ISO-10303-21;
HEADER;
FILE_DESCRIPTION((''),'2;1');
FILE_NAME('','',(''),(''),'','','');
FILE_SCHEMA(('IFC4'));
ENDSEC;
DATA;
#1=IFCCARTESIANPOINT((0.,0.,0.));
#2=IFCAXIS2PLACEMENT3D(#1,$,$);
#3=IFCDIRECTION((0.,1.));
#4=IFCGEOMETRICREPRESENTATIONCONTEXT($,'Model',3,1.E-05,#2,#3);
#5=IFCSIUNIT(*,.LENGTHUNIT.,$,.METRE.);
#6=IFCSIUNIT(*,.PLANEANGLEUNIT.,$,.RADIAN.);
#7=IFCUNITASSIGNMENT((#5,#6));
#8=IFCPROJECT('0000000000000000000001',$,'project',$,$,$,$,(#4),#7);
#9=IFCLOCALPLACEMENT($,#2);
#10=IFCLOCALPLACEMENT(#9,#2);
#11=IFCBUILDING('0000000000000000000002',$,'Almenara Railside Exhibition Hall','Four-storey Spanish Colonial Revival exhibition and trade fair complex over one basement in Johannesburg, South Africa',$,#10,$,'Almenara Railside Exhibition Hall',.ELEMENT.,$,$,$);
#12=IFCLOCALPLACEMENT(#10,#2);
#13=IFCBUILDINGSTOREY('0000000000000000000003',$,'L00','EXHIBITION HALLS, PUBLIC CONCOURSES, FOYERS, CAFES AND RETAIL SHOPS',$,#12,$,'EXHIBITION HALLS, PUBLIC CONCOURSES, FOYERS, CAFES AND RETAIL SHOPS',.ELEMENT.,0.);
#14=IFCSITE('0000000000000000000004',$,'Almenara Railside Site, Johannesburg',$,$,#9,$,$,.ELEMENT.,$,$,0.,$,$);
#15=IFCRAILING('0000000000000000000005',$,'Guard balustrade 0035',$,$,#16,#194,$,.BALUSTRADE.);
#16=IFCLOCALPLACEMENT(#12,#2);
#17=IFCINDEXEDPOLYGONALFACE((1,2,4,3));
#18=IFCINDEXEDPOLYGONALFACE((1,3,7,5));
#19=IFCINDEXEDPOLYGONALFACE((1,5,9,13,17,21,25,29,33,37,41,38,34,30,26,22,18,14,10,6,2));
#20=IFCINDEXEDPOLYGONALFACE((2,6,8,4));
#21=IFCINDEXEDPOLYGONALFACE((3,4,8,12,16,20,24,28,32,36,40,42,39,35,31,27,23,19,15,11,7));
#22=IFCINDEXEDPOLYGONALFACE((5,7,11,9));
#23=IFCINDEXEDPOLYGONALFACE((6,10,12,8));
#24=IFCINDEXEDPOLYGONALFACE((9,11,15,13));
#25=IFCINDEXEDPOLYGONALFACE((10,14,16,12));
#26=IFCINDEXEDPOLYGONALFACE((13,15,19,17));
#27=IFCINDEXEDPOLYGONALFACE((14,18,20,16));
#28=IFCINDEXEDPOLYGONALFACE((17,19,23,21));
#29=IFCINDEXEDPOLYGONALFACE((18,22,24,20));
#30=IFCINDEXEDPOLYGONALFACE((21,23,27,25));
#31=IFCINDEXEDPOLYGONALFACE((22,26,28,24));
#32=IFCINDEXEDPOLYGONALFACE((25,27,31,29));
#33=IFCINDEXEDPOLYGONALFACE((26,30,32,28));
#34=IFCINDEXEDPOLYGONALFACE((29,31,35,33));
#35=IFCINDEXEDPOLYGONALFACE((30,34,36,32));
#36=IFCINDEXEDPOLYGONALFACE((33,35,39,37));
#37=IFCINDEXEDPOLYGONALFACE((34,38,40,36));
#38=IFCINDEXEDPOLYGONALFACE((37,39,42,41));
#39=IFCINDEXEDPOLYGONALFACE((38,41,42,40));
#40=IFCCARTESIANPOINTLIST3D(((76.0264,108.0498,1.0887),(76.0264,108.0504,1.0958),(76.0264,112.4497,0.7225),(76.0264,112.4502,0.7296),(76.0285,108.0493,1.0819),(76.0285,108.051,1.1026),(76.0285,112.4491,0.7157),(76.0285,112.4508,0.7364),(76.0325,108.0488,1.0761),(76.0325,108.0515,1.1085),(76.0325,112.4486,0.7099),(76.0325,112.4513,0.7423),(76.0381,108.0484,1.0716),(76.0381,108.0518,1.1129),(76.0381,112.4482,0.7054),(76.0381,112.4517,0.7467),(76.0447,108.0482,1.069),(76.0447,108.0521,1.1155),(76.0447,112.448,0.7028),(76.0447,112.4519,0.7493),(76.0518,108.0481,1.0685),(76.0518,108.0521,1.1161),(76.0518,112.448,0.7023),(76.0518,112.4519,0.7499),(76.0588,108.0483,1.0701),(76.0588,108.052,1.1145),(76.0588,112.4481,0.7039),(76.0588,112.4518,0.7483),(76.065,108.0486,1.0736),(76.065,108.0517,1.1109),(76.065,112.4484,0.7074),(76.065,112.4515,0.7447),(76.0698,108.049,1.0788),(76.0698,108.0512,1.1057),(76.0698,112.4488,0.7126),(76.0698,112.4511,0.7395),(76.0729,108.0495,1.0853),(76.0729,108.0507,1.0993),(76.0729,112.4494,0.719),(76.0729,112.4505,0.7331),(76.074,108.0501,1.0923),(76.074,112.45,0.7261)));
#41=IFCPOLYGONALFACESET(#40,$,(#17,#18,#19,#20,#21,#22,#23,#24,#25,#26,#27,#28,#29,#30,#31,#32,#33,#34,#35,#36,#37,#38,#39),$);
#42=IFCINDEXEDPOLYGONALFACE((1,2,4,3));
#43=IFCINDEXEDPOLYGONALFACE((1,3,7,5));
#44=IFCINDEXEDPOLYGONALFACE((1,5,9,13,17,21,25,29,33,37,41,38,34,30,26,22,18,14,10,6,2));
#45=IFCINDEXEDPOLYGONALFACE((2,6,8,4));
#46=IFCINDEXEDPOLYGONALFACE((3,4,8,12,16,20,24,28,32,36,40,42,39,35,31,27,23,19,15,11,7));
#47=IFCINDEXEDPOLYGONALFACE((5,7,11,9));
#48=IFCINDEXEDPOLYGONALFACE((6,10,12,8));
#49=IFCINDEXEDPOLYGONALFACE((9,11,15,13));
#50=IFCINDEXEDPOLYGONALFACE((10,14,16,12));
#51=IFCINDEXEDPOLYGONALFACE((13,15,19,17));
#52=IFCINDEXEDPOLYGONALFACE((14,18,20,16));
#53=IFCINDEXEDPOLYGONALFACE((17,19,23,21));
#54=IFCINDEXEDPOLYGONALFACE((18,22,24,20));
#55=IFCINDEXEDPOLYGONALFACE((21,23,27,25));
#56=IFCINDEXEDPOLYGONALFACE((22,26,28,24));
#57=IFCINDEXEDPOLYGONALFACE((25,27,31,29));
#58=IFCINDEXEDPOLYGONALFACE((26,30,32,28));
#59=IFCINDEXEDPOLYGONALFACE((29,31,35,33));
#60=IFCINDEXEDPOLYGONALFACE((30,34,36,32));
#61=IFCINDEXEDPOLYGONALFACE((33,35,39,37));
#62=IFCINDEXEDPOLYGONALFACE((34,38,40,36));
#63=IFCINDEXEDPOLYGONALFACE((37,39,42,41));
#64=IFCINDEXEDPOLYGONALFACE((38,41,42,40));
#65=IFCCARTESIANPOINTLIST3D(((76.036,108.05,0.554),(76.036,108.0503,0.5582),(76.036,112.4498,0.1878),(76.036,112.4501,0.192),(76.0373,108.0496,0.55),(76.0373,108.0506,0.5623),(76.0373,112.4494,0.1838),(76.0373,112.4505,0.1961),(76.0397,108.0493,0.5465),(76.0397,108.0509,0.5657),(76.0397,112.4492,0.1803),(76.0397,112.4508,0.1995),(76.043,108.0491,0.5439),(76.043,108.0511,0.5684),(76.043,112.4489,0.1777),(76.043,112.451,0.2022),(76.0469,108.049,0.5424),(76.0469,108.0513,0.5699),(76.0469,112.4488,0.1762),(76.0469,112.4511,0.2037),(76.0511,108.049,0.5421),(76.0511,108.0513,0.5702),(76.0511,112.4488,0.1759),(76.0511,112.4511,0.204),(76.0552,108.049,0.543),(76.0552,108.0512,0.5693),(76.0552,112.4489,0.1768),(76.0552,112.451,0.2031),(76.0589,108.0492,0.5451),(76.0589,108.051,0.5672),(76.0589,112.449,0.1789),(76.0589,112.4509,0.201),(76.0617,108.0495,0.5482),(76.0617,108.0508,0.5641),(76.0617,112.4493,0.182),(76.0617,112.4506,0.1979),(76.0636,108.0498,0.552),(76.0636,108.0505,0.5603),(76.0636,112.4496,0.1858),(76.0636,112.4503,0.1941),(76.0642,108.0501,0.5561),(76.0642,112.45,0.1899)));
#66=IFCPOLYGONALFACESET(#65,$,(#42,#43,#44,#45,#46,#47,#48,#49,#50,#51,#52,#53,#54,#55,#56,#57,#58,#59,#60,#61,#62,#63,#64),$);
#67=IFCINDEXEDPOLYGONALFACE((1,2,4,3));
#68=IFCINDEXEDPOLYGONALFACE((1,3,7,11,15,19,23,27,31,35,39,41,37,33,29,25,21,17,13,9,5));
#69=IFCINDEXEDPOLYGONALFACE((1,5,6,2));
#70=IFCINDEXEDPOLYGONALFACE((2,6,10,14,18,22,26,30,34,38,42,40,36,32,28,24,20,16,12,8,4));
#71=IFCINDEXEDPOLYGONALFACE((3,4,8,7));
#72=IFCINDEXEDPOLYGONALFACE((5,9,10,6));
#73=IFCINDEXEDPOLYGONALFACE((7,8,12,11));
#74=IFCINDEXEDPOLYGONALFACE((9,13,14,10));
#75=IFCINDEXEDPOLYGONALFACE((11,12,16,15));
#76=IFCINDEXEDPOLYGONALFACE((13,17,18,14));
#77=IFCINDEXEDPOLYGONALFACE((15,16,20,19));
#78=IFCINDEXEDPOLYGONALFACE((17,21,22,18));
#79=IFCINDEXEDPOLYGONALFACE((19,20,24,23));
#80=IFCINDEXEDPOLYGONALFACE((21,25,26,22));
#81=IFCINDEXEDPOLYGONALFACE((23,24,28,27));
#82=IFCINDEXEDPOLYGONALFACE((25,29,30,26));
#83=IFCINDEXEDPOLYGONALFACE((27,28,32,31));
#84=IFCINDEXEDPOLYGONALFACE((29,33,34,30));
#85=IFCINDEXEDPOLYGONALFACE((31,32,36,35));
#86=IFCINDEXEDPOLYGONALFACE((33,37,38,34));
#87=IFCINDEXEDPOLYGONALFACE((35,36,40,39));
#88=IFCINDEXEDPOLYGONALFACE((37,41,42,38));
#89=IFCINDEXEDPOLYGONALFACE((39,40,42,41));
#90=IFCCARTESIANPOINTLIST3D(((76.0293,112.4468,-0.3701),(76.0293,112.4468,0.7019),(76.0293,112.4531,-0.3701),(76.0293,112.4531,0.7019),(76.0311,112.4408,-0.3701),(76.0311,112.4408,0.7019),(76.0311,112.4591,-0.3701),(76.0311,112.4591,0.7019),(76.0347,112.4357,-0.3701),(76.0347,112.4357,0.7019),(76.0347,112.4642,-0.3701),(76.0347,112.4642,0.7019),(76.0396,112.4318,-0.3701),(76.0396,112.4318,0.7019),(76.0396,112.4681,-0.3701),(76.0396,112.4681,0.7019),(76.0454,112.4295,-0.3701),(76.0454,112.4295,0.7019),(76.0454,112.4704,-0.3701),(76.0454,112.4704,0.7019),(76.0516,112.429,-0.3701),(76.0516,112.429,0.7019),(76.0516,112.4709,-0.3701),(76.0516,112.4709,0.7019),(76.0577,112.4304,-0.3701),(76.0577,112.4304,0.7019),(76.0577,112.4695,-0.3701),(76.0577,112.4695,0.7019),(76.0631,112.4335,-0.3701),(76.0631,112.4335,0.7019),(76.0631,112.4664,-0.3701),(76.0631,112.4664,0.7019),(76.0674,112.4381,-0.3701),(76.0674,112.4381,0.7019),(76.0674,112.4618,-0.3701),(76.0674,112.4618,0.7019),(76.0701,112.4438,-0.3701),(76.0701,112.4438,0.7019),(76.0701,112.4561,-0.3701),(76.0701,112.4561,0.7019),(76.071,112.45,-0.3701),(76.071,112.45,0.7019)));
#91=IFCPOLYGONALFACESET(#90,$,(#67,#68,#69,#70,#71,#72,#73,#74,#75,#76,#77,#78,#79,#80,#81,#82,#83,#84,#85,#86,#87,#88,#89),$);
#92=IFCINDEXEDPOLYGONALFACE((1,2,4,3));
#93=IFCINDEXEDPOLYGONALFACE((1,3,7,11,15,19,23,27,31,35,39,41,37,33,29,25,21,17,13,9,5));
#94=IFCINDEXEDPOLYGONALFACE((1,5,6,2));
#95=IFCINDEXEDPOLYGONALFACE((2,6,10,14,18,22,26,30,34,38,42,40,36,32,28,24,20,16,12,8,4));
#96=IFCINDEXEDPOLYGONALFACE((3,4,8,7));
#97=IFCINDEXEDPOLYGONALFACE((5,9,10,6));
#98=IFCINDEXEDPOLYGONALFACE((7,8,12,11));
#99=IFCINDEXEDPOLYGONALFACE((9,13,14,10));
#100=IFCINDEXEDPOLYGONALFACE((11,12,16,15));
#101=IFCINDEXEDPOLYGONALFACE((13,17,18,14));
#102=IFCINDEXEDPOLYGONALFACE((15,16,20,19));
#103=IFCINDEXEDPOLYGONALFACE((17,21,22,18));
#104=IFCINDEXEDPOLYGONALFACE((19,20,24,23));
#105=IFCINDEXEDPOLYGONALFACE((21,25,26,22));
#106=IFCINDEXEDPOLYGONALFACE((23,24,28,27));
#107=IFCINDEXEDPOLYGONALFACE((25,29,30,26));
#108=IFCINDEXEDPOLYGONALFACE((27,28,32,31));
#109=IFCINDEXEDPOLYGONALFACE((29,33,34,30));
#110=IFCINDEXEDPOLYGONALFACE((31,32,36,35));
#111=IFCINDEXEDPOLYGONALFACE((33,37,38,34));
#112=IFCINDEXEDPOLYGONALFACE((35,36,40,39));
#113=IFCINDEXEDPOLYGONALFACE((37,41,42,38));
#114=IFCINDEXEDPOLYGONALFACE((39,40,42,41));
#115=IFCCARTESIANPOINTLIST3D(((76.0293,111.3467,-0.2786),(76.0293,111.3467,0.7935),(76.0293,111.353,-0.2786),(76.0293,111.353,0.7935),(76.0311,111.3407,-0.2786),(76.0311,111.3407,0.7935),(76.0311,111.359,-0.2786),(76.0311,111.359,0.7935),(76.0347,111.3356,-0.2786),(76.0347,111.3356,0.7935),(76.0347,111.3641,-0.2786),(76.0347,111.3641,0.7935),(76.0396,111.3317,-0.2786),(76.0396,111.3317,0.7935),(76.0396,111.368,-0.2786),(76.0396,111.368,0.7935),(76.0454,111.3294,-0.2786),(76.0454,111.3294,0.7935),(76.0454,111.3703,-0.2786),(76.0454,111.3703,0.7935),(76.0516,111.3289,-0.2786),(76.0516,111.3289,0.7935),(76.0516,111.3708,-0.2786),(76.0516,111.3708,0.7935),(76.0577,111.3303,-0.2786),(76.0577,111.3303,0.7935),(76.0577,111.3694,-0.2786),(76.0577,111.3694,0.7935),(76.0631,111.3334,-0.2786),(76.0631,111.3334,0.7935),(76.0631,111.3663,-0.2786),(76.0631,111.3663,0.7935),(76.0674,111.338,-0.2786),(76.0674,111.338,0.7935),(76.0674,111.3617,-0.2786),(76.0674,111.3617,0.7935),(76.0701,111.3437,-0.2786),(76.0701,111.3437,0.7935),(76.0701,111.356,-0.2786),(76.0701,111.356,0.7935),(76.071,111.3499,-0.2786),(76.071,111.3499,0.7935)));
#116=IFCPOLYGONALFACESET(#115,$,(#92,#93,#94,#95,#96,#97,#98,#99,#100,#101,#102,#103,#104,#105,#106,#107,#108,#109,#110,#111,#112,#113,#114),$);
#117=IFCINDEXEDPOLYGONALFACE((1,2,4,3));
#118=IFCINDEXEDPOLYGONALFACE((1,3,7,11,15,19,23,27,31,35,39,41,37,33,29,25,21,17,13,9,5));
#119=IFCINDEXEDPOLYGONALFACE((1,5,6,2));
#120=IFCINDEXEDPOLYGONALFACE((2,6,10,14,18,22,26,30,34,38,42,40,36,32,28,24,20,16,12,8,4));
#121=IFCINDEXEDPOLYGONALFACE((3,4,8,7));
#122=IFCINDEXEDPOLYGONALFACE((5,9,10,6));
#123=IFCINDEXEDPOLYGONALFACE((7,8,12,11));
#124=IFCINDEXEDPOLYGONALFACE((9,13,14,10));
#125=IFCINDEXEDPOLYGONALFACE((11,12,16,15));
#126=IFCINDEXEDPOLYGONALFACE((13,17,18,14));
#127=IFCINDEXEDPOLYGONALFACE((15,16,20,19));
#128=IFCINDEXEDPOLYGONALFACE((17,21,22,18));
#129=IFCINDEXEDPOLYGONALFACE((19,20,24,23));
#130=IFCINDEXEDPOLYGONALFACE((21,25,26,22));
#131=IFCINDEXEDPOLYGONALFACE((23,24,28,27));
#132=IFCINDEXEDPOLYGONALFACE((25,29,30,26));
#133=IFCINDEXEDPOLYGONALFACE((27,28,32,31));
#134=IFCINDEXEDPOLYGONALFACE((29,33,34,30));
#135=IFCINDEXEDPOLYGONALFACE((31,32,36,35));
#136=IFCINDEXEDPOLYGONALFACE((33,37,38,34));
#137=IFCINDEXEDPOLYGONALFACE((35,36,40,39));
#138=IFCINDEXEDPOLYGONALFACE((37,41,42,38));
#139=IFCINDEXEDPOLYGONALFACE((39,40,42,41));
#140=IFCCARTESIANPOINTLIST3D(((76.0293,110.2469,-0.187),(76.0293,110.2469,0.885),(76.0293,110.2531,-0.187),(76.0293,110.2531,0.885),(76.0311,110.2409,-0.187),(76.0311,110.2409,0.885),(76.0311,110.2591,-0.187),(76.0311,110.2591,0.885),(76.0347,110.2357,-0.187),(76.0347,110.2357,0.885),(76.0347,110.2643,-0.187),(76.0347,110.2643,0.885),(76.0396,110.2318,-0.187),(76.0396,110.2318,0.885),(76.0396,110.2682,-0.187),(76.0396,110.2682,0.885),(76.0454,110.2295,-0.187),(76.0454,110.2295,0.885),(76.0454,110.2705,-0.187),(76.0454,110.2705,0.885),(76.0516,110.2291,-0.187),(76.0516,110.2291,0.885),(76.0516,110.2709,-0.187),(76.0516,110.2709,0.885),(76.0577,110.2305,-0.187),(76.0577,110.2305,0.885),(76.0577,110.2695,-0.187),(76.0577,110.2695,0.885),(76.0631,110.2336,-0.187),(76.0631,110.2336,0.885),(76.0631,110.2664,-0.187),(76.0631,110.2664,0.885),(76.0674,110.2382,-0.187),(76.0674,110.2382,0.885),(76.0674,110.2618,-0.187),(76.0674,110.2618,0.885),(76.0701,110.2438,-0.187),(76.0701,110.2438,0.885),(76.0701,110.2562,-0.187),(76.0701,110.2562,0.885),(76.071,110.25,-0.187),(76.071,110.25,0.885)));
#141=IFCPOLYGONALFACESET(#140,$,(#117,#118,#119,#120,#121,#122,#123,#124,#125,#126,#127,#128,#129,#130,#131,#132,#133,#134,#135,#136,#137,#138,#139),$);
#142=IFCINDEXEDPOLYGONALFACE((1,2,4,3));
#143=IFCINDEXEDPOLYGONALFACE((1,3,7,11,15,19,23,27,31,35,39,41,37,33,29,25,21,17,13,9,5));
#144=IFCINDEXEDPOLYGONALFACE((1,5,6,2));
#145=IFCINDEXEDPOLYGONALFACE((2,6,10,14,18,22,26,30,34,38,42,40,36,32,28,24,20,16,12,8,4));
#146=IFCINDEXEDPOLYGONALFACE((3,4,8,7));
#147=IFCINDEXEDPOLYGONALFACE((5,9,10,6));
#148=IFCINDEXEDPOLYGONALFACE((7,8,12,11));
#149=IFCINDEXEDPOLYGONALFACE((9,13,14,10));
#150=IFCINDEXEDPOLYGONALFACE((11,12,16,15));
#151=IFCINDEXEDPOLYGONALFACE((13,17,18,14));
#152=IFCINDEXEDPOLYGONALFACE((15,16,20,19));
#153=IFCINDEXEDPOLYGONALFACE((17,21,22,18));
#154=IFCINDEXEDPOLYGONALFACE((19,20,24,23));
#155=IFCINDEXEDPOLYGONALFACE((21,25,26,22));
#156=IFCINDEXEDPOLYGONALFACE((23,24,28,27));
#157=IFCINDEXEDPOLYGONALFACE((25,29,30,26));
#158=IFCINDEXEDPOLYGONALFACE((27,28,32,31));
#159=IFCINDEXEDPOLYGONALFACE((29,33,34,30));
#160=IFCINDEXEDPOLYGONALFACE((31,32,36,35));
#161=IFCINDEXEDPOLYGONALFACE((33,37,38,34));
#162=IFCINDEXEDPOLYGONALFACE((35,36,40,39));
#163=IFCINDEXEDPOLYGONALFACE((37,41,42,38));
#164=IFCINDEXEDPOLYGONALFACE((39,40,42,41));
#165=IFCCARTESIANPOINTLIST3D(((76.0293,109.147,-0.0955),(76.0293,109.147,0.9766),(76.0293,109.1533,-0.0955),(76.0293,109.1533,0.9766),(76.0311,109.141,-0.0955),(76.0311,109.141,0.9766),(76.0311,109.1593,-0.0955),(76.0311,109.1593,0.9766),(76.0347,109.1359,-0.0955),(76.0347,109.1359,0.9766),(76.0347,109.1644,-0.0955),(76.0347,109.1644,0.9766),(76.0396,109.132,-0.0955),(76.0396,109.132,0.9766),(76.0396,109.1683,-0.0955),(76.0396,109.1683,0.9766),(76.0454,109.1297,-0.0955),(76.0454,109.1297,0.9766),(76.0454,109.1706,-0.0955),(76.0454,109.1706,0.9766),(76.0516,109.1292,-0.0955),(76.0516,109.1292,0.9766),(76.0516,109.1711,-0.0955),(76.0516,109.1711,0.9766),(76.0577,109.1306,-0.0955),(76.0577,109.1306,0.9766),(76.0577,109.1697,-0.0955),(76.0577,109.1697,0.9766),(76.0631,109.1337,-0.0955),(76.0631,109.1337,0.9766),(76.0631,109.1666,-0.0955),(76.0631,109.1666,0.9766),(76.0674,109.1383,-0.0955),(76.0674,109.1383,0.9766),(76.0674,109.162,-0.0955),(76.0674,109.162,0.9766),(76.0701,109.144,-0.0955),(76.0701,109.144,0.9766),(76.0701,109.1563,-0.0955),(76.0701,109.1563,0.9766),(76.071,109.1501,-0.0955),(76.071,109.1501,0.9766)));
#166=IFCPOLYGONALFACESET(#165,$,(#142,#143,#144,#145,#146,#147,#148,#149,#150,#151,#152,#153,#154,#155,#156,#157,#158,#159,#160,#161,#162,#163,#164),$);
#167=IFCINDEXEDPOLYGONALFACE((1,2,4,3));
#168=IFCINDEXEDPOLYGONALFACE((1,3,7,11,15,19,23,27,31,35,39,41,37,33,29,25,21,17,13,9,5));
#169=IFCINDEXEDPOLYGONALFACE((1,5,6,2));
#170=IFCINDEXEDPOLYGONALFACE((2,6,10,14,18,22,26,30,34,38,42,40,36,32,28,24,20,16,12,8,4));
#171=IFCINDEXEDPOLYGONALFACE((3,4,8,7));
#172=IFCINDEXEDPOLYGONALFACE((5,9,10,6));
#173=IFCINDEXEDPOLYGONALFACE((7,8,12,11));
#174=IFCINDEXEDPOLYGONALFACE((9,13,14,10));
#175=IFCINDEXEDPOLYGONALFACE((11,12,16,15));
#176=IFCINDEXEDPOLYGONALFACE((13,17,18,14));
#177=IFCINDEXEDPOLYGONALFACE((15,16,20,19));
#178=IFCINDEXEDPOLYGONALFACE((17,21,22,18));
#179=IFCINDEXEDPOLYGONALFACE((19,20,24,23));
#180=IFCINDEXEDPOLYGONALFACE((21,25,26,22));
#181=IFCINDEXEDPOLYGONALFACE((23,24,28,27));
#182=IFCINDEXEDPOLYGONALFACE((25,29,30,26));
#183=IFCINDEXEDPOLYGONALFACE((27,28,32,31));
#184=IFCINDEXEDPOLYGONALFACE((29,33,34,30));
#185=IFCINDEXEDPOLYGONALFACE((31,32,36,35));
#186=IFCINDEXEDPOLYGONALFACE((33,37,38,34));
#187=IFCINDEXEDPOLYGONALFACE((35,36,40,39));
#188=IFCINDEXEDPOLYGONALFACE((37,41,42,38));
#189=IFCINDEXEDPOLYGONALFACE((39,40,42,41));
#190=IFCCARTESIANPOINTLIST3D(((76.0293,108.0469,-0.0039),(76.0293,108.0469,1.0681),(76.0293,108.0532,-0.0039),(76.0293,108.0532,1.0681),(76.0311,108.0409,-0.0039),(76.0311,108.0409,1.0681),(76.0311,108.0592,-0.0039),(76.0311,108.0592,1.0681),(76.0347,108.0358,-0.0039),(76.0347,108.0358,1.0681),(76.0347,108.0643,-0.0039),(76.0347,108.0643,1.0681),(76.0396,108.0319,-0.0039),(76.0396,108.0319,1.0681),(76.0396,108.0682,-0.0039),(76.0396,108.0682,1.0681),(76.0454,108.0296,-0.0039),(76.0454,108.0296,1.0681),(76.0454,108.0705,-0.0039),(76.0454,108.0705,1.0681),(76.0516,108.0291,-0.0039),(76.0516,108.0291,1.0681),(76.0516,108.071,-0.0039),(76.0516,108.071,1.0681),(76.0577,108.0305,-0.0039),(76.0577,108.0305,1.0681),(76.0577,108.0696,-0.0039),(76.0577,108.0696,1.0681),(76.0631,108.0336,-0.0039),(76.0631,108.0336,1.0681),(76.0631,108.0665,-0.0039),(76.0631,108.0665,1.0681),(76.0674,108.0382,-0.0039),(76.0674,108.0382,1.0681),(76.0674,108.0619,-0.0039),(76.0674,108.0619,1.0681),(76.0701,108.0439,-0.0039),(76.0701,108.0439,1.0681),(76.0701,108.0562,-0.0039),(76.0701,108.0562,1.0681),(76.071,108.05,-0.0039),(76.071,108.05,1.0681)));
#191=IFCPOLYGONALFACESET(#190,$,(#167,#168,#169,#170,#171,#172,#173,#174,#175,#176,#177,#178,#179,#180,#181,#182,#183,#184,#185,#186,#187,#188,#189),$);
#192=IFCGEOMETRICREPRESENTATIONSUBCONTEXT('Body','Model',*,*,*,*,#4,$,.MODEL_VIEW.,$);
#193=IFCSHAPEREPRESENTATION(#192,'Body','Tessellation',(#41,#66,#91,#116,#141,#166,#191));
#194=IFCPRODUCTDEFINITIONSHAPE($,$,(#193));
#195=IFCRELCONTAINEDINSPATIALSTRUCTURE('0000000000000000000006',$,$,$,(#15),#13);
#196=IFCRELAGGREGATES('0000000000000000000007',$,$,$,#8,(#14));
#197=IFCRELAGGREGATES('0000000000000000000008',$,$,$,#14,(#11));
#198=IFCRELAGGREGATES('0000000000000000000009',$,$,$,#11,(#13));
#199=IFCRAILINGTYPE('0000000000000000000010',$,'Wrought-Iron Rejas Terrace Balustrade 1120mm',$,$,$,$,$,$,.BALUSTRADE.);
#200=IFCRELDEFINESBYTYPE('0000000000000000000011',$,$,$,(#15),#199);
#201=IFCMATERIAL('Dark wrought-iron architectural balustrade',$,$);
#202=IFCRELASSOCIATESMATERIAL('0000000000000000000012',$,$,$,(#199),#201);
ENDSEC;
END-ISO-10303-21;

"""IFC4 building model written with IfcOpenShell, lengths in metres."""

from ifc_helpers import new_model, si_unit, direction, frame, origin, origin_2d, place, context, subcontext, project, spatial, circle, extrude, material, type_object, element, save


model = new_model("IFC4")

# Units and contexts
model_context = context("Model", 3, precision=1e-05, world=origin(), true_north=direction((0.0, 1.0)))
body_context = subcontext(model_context, "Body", "Model", "MODEL_VIEW")
ifc_project = project(units=[si_unit("LENGTHUNIT", "METRE"), si_unit("PLANEANGLEUNIT", "RADIAN")], contexts=[model_context])

# Site, building, storey
site_placement = place(None, origin())
site = spatial("IfcSite", under=ifc_project, at=site_placement, Name="Almenara Railside Site, Johannesburg", CompositionType="ELEMENT", RefElevation=0.0)
building_placement = place(site_placement, origin())
building = spatial("IfcBuilding", under=site, at=building_placement, Name="Almenara Railside Exhibition Hall", Description="Four-storey Spanish Colonial Revival exhibition and trade fair complex over one basement in Johannesburg, South Africa", LongName="Almenara Railside Exhibition Hall", CompositionType="ELEMENT")
storey_placement = place(building_placement, origin())
storey = spatial("IfcBuildingStorey", under=building, at=storey_placement, Name="L00", Description="EXHIBITION HALLS, PUBLIC CONCOURSES, FOYERS, CAFES AND RETAIL SHOPS", LongName="EXHIBITION HALLS, PUBLIC CONCOURSES, FOYERS, CAFES AND RETAIL SHOPS", CompositionType="ELEMENT", Elevation=0.0)

# Railing
ifc_material_1 = material(Name="Dark wrought-iron architectural balustrade")
railing_type = type_object("IfcRailingType", Name="Wrought-Iron Rejas Terrace Balustrade 1120mm", PredefinedType="BALUSTRADE", material=ifc_material_1)
for number, where, name in (
    (1, (76.05, 112.45, -0.3701), "Guard balustrade 0035"),
):
    element("IfcRailing", number, at=place(storey_placement, frame(where)), inside=storey, type_object=railing_type, Name=name, PredefinedType="BALUSTRADE", context=body_context, shape_type="SweptSolid", body=[
        extrude(circle(Radius=0.0239, at=origin_2d()), frame((0.0, 0.0, 1.0962), z_axis=(0.0, -0.996554, 0.082945), x_axis=(1.0, 0.0, 0.0)), (0.0, 0.0, 1.0), 4.415),
        extrude(circle(Radius=0.0142, at=origin_2d()), frame((0.0, 0.0, 0.5601), z_axis=(0.0, -0.996554, 0.082945), x_axis=(1.0, 0.0, 0.0)), (0.0, 0.0, 1.0), 4.415),
        extrude(circle(Radius=0.021, at=origin_2d()), origin(), (0.0, 0.0, 1.0), 1.072),
        extrude(circle(Radius=0.021, at=origin_2d()), frame((0.0, -1.1001, 0.0916)), (0.0, 0.0, 1.0), 1.072),
        extrude(circle(Radius=0.021, at=origin_2d()), frame((0.0, -2.2, 0.1831)), (0.0, 0.0, 1.0), 1.072),
        extrude(circle(Radius=0.021, at=origin_2d()), frame((0.0, -3.2998, 0.2747)), (0.0, 0.0, 1.0), 1.072),
        extrude(circle(Radius=0.021, at=origin_2d()), frame((0.0, -4.3999, 0.3662)), (0.0, 0.0, 1.0), 1.072),
    ])

save(model, "model.ifc")
